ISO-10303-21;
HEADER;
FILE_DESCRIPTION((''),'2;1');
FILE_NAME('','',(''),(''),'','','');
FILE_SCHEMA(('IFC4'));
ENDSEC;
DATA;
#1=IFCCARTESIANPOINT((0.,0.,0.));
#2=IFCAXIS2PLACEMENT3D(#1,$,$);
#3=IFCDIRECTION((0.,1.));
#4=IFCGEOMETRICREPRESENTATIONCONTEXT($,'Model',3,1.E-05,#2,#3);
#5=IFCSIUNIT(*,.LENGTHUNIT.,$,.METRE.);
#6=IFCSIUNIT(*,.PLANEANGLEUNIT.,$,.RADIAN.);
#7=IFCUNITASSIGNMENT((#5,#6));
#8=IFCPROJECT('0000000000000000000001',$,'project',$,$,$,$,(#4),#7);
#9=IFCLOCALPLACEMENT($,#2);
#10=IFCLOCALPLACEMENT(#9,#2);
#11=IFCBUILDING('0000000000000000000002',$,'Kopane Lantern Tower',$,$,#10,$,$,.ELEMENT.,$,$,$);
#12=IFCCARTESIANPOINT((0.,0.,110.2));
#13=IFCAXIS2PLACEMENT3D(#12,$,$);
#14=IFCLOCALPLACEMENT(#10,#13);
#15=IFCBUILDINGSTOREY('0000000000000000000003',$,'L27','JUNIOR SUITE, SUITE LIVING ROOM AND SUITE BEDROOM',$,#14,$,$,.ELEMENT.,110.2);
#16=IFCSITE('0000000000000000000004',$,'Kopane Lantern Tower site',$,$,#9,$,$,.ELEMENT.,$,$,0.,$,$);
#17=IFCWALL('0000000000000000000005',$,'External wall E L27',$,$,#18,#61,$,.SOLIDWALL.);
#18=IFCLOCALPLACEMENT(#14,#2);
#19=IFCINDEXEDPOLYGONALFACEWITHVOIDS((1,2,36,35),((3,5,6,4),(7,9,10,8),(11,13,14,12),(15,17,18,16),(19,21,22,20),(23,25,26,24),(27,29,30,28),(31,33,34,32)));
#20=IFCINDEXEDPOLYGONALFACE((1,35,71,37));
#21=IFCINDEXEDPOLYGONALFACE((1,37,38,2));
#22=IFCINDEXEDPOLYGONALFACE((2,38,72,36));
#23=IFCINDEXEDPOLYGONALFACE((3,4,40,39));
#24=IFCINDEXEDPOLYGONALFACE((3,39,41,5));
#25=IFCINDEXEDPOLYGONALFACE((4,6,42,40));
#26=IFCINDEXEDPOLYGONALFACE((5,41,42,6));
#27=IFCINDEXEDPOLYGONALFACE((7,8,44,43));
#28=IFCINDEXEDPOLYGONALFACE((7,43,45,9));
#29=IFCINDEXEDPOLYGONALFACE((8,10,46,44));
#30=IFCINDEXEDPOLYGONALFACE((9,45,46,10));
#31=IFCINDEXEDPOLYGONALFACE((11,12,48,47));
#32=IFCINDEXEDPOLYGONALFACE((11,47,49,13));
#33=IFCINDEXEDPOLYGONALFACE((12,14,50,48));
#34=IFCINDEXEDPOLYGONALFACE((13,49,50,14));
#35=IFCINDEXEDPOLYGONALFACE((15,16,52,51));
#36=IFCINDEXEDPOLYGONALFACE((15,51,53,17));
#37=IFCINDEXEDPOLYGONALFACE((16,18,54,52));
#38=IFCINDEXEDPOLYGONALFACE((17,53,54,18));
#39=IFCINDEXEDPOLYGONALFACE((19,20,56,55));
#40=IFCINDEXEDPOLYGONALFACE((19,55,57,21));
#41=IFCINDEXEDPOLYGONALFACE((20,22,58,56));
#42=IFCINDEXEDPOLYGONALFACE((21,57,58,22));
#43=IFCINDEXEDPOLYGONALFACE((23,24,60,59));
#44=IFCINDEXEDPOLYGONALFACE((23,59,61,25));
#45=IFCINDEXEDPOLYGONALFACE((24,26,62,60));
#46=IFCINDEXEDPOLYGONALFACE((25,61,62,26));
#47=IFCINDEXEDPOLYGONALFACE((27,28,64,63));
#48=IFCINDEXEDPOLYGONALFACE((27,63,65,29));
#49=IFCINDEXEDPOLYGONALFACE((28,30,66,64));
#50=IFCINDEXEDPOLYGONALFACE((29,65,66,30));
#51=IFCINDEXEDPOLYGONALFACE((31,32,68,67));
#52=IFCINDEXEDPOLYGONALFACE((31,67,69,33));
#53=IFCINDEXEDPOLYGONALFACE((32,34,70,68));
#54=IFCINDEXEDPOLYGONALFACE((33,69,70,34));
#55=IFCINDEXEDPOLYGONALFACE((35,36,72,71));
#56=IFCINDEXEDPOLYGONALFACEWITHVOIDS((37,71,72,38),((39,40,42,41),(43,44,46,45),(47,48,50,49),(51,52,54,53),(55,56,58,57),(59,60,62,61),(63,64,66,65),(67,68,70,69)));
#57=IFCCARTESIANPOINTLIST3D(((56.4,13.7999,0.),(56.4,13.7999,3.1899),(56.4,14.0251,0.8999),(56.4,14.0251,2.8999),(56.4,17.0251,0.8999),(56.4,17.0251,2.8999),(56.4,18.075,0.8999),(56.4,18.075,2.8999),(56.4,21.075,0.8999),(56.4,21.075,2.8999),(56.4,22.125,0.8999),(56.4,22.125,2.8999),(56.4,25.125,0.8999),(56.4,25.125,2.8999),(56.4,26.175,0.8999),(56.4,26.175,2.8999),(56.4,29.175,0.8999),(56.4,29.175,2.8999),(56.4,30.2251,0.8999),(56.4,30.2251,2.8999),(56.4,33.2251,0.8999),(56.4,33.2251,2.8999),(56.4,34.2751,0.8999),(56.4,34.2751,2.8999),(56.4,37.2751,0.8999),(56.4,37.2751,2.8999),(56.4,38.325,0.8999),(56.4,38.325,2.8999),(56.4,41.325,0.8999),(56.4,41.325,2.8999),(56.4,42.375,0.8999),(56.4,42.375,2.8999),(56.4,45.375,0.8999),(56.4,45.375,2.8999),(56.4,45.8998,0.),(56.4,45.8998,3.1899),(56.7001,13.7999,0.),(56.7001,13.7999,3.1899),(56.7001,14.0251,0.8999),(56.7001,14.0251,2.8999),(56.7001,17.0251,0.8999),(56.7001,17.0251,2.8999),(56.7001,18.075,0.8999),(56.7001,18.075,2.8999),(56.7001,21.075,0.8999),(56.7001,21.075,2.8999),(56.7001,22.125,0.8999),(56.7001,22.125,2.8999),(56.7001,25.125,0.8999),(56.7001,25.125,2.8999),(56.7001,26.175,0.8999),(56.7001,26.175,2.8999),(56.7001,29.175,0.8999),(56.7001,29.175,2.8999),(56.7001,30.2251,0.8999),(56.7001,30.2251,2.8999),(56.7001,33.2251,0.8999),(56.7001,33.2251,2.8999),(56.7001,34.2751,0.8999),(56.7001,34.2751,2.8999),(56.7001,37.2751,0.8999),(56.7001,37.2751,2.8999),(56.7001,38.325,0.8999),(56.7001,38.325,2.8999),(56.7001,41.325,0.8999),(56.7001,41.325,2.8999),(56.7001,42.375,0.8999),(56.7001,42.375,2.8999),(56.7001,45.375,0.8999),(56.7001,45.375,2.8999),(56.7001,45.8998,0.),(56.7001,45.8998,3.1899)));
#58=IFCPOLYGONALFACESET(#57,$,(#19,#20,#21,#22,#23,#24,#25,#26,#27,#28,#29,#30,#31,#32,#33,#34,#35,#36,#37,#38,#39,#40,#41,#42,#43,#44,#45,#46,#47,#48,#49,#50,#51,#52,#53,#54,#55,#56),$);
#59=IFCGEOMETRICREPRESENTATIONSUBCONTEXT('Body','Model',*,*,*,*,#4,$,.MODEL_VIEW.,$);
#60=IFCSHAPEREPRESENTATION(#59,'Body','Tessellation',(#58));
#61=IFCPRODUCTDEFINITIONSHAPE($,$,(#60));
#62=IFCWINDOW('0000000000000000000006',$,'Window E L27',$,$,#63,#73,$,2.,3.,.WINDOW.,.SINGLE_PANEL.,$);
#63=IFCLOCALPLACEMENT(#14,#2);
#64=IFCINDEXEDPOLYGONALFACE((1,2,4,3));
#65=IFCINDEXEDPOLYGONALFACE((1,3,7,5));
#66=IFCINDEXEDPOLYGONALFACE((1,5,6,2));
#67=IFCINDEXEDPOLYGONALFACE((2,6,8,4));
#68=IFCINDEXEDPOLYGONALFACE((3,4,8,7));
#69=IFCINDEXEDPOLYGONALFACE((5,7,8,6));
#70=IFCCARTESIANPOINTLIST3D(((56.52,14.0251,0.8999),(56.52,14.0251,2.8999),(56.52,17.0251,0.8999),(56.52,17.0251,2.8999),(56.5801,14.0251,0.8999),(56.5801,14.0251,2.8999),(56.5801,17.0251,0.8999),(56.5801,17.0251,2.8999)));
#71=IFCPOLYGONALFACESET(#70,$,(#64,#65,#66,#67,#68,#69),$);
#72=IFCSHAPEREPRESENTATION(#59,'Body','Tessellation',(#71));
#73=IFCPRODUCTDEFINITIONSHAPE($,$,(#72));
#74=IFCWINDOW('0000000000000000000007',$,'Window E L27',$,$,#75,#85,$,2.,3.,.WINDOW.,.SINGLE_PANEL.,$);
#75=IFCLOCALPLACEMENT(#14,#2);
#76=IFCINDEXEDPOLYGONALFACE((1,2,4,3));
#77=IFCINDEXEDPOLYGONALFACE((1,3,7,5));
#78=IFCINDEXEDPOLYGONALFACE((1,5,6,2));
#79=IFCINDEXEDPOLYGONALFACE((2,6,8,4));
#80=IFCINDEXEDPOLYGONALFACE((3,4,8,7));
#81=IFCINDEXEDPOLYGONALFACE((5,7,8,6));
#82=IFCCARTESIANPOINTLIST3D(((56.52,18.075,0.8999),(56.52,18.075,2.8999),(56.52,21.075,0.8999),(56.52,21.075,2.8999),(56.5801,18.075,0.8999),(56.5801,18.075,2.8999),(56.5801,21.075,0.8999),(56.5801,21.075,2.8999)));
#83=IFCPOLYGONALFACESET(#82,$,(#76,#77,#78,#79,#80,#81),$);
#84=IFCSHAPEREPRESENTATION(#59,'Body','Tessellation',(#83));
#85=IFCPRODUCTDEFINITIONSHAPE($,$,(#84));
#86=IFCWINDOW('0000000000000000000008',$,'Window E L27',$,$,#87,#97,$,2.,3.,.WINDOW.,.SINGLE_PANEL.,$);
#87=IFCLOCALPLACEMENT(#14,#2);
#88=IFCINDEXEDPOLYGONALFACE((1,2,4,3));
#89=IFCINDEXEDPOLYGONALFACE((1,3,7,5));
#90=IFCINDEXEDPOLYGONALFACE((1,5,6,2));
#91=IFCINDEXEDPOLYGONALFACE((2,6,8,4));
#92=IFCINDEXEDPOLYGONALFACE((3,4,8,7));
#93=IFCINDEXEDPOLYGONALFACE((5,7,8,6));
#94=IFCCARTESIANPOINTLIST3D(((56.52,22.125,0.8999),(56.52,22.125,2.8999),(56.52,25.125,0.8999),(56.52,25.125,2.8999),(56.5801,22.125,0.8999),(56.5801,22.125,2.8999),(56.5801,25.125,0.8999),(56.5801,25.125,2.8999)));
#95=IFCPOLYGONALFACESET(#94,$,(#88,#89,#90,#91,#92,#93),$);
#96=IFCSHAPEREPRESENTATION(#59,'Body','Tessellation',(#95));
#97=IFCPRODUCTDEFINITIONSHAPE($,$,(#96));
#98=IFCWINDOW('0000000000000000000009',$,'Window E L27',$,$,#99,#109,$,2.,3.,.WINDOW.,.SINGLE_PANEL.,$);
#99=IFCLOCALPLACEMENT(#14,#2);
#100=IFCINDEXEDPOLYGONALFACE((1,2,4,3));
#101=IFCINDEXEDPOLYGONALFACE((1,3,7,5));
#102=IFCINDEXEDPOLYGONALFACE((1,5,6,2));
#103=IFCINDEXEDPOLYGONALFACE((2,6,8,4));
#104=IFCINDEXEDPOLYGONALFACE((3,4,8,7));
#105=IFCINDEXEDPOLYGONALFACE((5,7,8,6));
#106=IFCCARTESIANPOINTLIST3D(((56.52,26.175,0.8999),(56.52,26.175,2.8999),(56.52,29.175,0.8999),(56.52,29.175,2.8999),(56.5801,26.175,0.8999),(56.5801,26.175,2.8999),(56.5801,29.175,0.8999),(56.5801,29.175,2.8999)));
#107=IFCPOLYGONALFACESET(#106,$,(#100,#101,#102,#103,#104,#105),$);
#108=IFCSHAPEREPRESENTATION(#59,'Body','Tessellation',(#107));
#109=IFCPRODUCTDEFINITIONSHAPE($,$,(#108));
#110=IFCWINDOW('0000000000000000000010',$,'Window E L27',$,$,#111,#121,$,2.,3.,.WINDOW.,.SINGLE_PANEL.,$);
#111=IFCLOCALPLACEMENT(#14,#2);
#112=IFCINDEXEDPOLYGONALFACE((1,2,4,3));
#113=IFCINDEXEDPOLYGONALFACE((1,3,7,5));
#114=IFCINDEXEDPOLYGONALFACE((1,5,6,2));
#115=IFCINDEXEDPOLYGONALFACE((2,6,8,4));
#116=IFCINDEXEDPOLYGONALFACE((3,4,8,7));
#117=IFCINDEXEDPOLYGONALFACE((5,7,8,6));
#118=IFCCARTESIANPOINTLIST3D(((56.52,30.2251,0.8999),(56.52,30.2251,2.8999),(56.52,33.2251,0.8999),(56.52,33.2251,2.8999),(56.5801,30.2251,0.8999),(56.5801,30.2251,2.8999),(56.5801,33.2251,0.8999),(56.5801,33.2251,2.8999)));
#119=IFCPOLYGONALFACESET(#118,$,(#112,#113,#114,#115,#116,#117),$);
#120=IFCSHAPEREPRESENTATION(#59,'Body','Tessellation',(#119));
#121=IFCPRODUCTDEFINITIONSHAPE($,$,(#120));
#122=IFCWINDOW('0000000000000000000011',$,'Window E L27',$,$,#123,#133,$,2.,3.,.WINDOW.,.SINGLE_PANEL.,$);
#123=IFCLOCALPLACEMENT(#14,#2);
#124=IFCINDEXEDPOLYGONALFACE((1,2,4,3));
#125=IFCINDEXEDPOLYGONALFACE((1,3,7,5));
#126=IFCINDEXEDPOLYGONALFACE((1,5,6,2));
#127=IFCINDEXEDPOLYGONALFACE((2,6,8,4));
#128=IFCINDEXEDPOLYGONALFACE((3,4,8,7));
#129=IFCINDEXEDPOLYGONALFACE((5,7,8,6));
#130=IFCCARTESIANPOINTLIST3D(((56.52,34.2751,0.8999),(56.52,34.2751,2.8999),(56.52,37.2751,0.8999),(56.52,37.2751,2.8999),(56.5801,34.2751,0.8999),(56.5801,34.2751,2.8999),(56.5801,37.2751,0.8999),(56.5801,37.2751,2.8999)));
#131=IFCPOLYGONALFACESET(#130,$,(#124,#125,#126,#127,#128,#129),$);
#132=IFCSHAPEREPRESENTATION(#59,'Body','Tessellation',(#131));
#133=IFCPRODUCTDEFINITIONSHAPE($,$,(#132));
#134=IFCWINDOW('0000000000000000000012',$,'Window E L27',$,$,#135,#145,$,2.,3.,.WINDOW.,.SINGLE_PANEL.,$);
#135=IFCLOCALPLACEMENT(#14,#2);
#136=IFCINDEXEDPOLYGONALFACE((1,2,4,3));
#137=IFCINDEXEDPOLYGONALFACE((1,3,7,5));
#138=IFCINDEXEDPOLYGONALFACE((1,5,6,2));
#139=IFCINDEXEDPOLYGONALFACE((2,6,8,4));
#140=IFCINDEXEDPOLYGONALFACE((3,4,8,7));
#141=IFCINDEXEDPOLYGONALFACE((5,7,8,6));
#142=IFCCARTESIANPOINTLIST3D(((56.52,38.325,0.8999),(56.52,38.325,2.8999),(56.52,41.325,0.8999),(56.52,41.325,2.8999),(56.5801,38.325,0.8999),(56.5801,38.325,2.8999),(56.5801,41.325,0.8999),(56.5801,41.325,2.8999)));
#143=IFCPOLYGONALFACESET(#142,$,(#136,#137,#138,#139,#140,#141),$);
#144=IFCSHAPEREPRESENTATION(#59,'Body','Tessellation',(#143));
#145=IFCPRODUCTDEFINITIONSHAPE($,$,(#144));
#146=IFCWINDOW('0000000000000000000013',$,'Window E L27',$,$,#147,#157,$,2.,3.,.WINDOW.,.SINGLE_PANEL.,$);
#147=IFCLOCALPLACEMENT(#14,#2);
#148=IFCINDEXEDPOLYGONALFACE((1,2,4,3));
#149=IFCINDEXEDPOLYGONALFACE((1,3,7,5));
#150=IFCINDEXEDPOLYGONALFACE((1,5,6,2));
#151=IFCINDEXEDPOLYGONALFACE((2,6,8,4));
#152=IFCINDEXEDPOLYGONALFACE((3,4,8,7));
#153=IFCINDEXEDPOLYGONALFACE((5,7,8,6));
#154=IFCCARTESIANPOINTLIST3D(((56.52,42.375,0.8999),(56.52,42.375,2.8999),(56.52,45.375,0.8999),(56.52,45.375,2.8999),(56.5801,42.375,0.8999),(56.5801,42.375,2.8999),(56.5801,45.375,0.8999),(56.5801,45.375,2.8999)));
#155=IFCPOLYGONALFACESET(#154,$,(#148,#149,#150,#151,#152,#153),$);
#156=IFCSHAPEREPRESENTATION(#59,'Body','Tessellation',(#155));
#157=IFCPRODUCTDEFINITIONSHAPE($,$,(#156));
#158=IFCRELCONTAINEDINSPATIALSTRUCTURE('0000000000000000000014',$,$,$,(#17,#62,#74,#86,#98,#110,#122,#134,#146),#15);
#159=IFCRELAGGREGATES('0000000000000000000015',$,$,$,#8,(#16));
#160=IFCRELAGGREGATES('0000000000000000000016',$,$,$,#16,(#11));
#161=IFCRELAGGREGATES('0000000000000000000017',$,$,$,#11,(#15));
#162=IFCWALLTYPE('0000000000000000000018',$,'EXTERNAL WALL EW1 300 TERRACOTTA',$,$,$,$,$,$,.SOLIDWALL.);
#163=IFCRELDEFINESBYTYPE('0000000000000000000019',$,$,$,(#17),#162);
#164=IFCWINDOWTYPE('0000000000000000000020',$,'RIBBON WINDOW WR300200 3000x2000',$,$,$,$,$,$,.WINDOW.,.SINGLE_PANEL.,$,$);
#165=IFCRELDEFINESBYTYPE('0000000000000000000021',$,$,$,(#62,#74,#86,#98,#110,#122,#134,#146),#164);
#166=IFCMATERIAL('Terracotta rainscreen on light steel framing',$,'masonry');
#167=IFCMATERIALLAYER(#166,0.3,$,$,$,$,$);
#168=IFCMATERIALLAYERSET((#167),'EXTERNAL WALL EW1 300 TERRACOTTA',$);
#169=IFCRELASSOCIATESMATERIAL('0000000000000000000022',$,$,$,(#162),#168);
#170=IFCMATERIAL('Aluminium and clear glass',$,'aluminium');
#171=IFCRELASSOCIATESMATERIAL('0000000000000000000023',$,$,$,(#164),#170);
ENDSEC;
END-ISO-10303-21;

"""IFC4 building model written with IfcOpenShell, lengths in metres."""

from ifc_helpers import new_model, si_unit, direction, frame, frame_2d, origin, place, context, subcontext, project, spatial, rectangle, extrude, material, layer, layer_set, type_object, element, fill, save


model = new_model("IFC4")

# Units and contexts
model_context = context("Model", 3, precision=1e-05, world=origin(), true_north=direction((0.0, 1.0)))
body_context = subcontext(model_context, "Body", "Model", "MODEL_VIEW")
ifc_project = project(units=[si_unit("LENGTHUNIT", "METRE"), si_unit("PLANEANGLEUNIT", "RADIAN")], contexts=[model_context])

# Site, building, storey
site_placement = place(None, origin())
site = spatial("IfcSite", under=ifc_project, at=site_placement, Name="Kopane Lantern Tower site", CompositionType="ELEMENT", RefElevation=0.0)
building_placement = place(site_placement, origin())
building = spatial("IfcBuilding", under=site, at=building_placement, Name="Kopane Lantern Tower", CompositionType="ELEMENT")
storey_placement = place(building_placement, frame((0.0, 0.0, 110.2)))
storey = spatial("IfcBuildingStorey", under=building, at=storey_placement, Name="L27", Description="JUNIOR SUITE, SUITE LIVING ROOM AND SUITE BEDROOM", CompositionType="ELEMENT", Elevation=110.2)

# Shared definitions
ifc_material_1 = material(Name="Terracotta rainscreen on light steel framing", Category="masonry")
ifc_layer_1 = layer(ifc_material_1, 0.3)
ifc_layer_set_1 = layer_set([ifc_layer_1], Name="EXTERNAL WALL EW1 300 TERRACOTTA")
wall_type_1 = type_object("IfcWallType", Name="EXTERNAL WALL EW1 300 TERRACOTTA", PredefinedType="SOLIDWALL", material=ifc_layer_set_1)

# Wall, openings, windows
wall_1_placement = place(storey_placement, frame((56.55, 13.8, 0.0), z_axis=(0.0, 0.0, 1.0), x_axis=(0.0, 1.0, 0.0)))
wall_1 = element("IfcWall", 1, at=wall_1_placement, inside=storey, type_object=wall_type_1, Name="External wall E L27", PredefinedType="SOLIDWALL", context=body_context, shape_type="SweptSolid", body=[
    extrude(rectangle(XDim=32.0999, YDim=0.3, at=frame_2d((16.0498, 0.0))), origin(), (0.0, 0.0, 1.0), 3.1899),
])
opening_1_placement = place(wall_1_placement, frame((0.2251, 0.0, 0.8999)))
opening_1 = element("IfcOpeningElement", 2, at=opening_1_placement, cuts=wall_1, PredefinedType="OPENING", context=body_context, shape_type="SweptSolid", body=[
    extrude(rectangle(XDim=3.0, YDim=2.0, at=frame_2d((1.5, 1.0))), frame((0.0, 0.1599, 0.0), z_axis=(0.0, -1.0, 0.0), x_axis=(1.0, 0.0, 0.0)), (0.0, 0.0, 1.0), 0.3201),
])
opening_2_placement = place(wall_1_placement, frame((4.2749, 0.0, 0.8999)))
opening_2 = element("IfcOpeningElement", 3, at=opening_2_placement, cuts=wall_1, PredefinedType="OPENING", context=body_context, shape_type="SweptSolid", body=[
    extrude(rectangle(XDim=3.0, YDim=2.0, at=frame_2d((1.5, 1.0))), frame((0.0, 0.1599, 0.0), z_axis=(0.0, -1.0, 0.0), x_axis=(1.0, 0.0, 0.0)), (0.0, 0.0, 1.0), 0.3201),
])
opening_3_placement = place(wall_1_placement, frame((8.325, 0.0, 0.8999)))
opening_3 = element("IfcOpeningElement", 4, at=opening_3_placement, cuts=wall_1, PredefinedType="OPENING", context=body_context, shape_type="SweptSolid", body=[
    extrude(rectangle(XDim=3.0, YDim=2.0, at=frame_2d((1.5, 1.0))), frame((0.0, 0.1599, 0.0), z_axis=(0.0, -1.0, 0.0), x_axis=(1.0, 0.0, 0.0)), (0.0, 0.0, 1.0), 0.3201),
])
opening_4_placement = place(wall_1_placement, frame((12.375, 0.0, 0.8999)))
opening_4 = element("IfcOpeningElement", 5, at=opening_4_placement, cuts=wall_1, PredefinedType="OPENING", context=body_context, shape_type="SweptSolid", body=[
    extrude(rectangle(XDim=3.0, YDim=2.0, at=frame_2d((1.5, 1.0))), frame((0.0, 0.1599, 0.0), z_axis=(0.0, -1.0, 0.0), x_axis=(1.0, 0.0, 0.0)), (0.0, 0.0, 1.0), 0.3201),
])
opening_5_placement = place(wall_1_placement, frame((16.425, 0.0, 0.8999)))
opening_5 = element("IfcOpeningElement", 6, at=opening_5_placement, cuts=wall_1, PredefinedType="OPENING", context=body_context, shape_type="SweptSolid", body=[
    extrude(rectangle(XDim=3.0, YDim=2.0, at=frame_2d((1.5, 1.0))), frame((0.0, 0.1599, 0.0), z_axis=(0.0, -1.0, 0.0), x_axis=(1.0, 0.0, 0.0)), (0.0, 0.0, 1.0), 0.3201),
])
opening_6_placement = place(wall_1_placement, frame((20.4751, 0.0, 0.8999)))
opening_6 = element("IfcOpeningElement", 7, at=opening_6_placement, cuts=wall_1, PredefinedType="OPENING", context=body_context, shape_type="SweptSolid", body=[
    extrude(rectangle(XDim=3.0, YDim=2.0, at=frame_2d((1.5, 1.0))), frame((0.0, 0.1599, 0.0), z_axis=(0.0, -1.0, 0.0), x_axis=(1.0, 0.0, 0.0)), (0.0, 0.0, 1.0), 0.3201),
])
opening_7_placement = place(wall_1_placement, frame((24.5249, 0.0, 0.8999)))
opening_7 = element("IfcOpeningElement", 8, at=opening_7_placement, cuts=wall_1, PredefinedType="OPENING", context=body_context, shape_type="SweptSolid", body=[
    extrude(rectangle(XDim=3.0, YDim=2.0, at=frame_2d((1.5, 1.0))), frame((0.0, 0.1599, 0.0), z_axis=(0.0, -1.0, 0.0), x_axis=(1.0, 0.0, 0.0)), (0.0, 0.0, 1.0), 0.3201),
])
opening_8_placement = place(wall_1_placement, frame((28.575, 0.0, 0.8999)))
opening_8 = element("IfcOpeningElement", 9, at=opening_8_placement, cuts=wall_1, PredefinedType="OPENING", context=body_context, shape_type="SweptSolid", body=[
    extrude(rectangle(XDim=3.0, YDim=2.0, at=frame_2d((1.5, 1.0))), frame((0.0, 0.1599, 0.0), z_axis=(0.0, -1.0, 0.0), x_axis=(1.0, 0.0, 0.0)), (0.0, 0.0, 1.0), 0.3201),
])
ifc_material_2 = material(Name="Aluminium and clear glass", Category="aluminium")
window_type_1 = type_object("IfcWindowType", Name="RIBBON WINDOW WR300200 3000x2000", PartitioningType="SINGLE_PANEL", PredefinedType="WINDOW", material=ifc_material_2)
window_1_placement = place(opening_1_placement, origin())
window_1 = element("IfcWindow", 10, at=window_1_placement, inside=storey, type_object=window_type_1, Name="Window E L27", OverallHeight=2.0, OverallWidth=3.0, PartitioningType="SINGLE_PANEL", PredefinedType="WINDOW", context=body_context, shape_type="SweptSolid", body=[
    extrude(rectangle(XDim=3.0, YDim=2.0, at=frame_2d((1.5, 1.0))), frame((0.0, 0.03, 0.0), z_axis=(0.0, -1.0, 0.0), x_axis=(1.0, 0.0, 0.0)), (0.0, 0.0, 1.0), 0.0601),
])
fill(opening_1, window_1)
window_2_placement = place(opening_2_placement, origin())
window_2 = element("IfcWindow", 11, at=window_2_placement, inside=storey, type_object=window_type_1, Name="Window E L27", OverallHeight=2.0, OverallWidth=3.0, PartitioningType="SINGLE_PANEL", PredefinedType="WINDOW", context=body_context, shape_type="SweptSolid", body=[
    extrude(rectangle(XDim=3.0, YDim=2.0, at=frame_2d((1.5, 1.0))), frame((0.0, 0.03, 0.0), z_axis=(0.0, -1.0, 0.0), x_axis=(1.0, 0.0, 0.0)), (0.0, 0.0, 1.0), 0.0601),
])
fill(opening_2, window_2)
window_3_placement = place(opening_3_placement, origin())
window_3 = element("IfcWindow", 12, at=window_3_placement, inside=storey, type_object=window_type_1, Name="Window E L27", OverallHeight=2.0, OverallWidth=3.0, PartitioningType="SINGLE_PANEL", PredefinedType="WINDOW", context=body_context, shape_type="SweptSolid", body=[
    extrude(rectangle(XDim=3.0, YDim=2.0, at=frame_2d((1.5, 1.0))), frame((0.0, 0.03, 0.0), z_axis=(0.0, -1.0, 0.0), x_axis=(1.0, 0.0, 0.0)), (0.0, 0.0, 1.0), 0.0601),
])
fill(opening_3, window_3)
window_4_placement = place(opening_4_placement, origin())
window_4 = element("IfcWindow", 13, at=window_4_placement, inside=storey, type_object=window_type_1, Name="Window E L27", OverallHeight=2.0, OverallWidth=3.0, PartitioningType="SINGLE_PANEL", PredefinedType="WINDOW", context=body_context, shape_type="SweptSolid", body=[
    extrude(rectangle(XDim=3.0, YDim=2.0, at=frame_2d((1.5, 1.0))), frame((0.0, 0.03, 0.0), z_axis=(0.0, -1.0, 0.0), x_axis=(1.0, 0.0, 0.0)), (0.0, 0.0, 1.0), 0.0601),
])
fill(opening_4, window_4)
window_5_placement = place(opening_5_placement, origin())
window_5 = element("IfcWindow", 14, at=window_5_placement, inside=storey, type_object=window_type_1, Name="Window E L27", OverallHeight=2.0, OverallWidth=3.0, PartitioningType="SINGLE_PANEL", PredefinedType="WINDOW", context=body_context, shape_type="SweptSolid", body=[
    extrude(rectangle(XDim=3.0, YDim=2.0, at=frame_2d((1.5, 1.0))), frame((0.0, 0.03, 0.0), z_axis=(0.0, -1.0, 0.0), x_axis=(1.0, 0.0, 0.0)), (0.0, 0.0, 1.0), 0.0601),
])
fill(opening_5, window_5)
window_6_placement = place(opening_6_placement, origin())
window_6 = element("IfcWindow", 15, at=window_6_placement, inside=storey, type_object=window_type_1, Name="Window E L27", OverallHeight=2.0, OverallWidth=3.0, PartitioningType="SINGLE_PANEL", PredefinedType="WINDOW", context=body_context, shape_type="SweptSolid", body=[
    extrude(rectangle(XDim=3.0, YDim=2.0, at=frame_2d((1.5, 1.0))), frame((0.0, 0.03, 0.0), z_axis=(0.0, -1.0, 0.0), x_axis=(1.0, 0.0, 0.0)), (0.0, 0.0, 1.0), 0.0601),
])
fill(opening_6, window_6)
window_7_placement = place(opening_7_placement, origin())
window_7 = element("IfcWindow", 16, at=window_7_placement, inside=storey, type_object=window_type_1, Name="Window E L27", OverallHeight=2.0, OverallWidth=3.0, PartitioningType="SINGLE_PANEL", PredefinedType="WINDOW", context=body_context, shape_type="SweptSolid", body=[
    extrude(rectangle(XDim=3.0, YDim=2.0, at=frame_2d((1.5, 1.0))), frame((0.0, 0.03, 0.0), z_axis=(0.0, -1.0, 0.0), x_axis=(1.0, 0.0, 0.0)), (0.0, 0.0, 1.0), 0.0601),
])
fill(opening_7, window_7)
window_8_placement = place(opening_8_placement, origin())
window_8 = element("IfcWindow", 17, at=window_8_placement, inside=storey, type_object=window_type_1, Name="Window E L27", OverallHeight=2.0, OverallWidth=3.0, PartitioningType="SINGLE_PANEL", PredefinedType="WINDOW", context=body_context, shape_type="SweptSolid", body=[
    extrude(rectangle(XDim=3.0, YDim=2.0, at=frame_2d((1.5, 1.0))), frame((0.0, 0.03, 0.0), z_axis=(0.0, -1.0, 0.0), x_axis=(1.0, 0.0, 0.0)), (0.0, 0.0, 1.0), 0.0601),
])
fill(opening_8, window_8)

save(model, "model.ifc")
